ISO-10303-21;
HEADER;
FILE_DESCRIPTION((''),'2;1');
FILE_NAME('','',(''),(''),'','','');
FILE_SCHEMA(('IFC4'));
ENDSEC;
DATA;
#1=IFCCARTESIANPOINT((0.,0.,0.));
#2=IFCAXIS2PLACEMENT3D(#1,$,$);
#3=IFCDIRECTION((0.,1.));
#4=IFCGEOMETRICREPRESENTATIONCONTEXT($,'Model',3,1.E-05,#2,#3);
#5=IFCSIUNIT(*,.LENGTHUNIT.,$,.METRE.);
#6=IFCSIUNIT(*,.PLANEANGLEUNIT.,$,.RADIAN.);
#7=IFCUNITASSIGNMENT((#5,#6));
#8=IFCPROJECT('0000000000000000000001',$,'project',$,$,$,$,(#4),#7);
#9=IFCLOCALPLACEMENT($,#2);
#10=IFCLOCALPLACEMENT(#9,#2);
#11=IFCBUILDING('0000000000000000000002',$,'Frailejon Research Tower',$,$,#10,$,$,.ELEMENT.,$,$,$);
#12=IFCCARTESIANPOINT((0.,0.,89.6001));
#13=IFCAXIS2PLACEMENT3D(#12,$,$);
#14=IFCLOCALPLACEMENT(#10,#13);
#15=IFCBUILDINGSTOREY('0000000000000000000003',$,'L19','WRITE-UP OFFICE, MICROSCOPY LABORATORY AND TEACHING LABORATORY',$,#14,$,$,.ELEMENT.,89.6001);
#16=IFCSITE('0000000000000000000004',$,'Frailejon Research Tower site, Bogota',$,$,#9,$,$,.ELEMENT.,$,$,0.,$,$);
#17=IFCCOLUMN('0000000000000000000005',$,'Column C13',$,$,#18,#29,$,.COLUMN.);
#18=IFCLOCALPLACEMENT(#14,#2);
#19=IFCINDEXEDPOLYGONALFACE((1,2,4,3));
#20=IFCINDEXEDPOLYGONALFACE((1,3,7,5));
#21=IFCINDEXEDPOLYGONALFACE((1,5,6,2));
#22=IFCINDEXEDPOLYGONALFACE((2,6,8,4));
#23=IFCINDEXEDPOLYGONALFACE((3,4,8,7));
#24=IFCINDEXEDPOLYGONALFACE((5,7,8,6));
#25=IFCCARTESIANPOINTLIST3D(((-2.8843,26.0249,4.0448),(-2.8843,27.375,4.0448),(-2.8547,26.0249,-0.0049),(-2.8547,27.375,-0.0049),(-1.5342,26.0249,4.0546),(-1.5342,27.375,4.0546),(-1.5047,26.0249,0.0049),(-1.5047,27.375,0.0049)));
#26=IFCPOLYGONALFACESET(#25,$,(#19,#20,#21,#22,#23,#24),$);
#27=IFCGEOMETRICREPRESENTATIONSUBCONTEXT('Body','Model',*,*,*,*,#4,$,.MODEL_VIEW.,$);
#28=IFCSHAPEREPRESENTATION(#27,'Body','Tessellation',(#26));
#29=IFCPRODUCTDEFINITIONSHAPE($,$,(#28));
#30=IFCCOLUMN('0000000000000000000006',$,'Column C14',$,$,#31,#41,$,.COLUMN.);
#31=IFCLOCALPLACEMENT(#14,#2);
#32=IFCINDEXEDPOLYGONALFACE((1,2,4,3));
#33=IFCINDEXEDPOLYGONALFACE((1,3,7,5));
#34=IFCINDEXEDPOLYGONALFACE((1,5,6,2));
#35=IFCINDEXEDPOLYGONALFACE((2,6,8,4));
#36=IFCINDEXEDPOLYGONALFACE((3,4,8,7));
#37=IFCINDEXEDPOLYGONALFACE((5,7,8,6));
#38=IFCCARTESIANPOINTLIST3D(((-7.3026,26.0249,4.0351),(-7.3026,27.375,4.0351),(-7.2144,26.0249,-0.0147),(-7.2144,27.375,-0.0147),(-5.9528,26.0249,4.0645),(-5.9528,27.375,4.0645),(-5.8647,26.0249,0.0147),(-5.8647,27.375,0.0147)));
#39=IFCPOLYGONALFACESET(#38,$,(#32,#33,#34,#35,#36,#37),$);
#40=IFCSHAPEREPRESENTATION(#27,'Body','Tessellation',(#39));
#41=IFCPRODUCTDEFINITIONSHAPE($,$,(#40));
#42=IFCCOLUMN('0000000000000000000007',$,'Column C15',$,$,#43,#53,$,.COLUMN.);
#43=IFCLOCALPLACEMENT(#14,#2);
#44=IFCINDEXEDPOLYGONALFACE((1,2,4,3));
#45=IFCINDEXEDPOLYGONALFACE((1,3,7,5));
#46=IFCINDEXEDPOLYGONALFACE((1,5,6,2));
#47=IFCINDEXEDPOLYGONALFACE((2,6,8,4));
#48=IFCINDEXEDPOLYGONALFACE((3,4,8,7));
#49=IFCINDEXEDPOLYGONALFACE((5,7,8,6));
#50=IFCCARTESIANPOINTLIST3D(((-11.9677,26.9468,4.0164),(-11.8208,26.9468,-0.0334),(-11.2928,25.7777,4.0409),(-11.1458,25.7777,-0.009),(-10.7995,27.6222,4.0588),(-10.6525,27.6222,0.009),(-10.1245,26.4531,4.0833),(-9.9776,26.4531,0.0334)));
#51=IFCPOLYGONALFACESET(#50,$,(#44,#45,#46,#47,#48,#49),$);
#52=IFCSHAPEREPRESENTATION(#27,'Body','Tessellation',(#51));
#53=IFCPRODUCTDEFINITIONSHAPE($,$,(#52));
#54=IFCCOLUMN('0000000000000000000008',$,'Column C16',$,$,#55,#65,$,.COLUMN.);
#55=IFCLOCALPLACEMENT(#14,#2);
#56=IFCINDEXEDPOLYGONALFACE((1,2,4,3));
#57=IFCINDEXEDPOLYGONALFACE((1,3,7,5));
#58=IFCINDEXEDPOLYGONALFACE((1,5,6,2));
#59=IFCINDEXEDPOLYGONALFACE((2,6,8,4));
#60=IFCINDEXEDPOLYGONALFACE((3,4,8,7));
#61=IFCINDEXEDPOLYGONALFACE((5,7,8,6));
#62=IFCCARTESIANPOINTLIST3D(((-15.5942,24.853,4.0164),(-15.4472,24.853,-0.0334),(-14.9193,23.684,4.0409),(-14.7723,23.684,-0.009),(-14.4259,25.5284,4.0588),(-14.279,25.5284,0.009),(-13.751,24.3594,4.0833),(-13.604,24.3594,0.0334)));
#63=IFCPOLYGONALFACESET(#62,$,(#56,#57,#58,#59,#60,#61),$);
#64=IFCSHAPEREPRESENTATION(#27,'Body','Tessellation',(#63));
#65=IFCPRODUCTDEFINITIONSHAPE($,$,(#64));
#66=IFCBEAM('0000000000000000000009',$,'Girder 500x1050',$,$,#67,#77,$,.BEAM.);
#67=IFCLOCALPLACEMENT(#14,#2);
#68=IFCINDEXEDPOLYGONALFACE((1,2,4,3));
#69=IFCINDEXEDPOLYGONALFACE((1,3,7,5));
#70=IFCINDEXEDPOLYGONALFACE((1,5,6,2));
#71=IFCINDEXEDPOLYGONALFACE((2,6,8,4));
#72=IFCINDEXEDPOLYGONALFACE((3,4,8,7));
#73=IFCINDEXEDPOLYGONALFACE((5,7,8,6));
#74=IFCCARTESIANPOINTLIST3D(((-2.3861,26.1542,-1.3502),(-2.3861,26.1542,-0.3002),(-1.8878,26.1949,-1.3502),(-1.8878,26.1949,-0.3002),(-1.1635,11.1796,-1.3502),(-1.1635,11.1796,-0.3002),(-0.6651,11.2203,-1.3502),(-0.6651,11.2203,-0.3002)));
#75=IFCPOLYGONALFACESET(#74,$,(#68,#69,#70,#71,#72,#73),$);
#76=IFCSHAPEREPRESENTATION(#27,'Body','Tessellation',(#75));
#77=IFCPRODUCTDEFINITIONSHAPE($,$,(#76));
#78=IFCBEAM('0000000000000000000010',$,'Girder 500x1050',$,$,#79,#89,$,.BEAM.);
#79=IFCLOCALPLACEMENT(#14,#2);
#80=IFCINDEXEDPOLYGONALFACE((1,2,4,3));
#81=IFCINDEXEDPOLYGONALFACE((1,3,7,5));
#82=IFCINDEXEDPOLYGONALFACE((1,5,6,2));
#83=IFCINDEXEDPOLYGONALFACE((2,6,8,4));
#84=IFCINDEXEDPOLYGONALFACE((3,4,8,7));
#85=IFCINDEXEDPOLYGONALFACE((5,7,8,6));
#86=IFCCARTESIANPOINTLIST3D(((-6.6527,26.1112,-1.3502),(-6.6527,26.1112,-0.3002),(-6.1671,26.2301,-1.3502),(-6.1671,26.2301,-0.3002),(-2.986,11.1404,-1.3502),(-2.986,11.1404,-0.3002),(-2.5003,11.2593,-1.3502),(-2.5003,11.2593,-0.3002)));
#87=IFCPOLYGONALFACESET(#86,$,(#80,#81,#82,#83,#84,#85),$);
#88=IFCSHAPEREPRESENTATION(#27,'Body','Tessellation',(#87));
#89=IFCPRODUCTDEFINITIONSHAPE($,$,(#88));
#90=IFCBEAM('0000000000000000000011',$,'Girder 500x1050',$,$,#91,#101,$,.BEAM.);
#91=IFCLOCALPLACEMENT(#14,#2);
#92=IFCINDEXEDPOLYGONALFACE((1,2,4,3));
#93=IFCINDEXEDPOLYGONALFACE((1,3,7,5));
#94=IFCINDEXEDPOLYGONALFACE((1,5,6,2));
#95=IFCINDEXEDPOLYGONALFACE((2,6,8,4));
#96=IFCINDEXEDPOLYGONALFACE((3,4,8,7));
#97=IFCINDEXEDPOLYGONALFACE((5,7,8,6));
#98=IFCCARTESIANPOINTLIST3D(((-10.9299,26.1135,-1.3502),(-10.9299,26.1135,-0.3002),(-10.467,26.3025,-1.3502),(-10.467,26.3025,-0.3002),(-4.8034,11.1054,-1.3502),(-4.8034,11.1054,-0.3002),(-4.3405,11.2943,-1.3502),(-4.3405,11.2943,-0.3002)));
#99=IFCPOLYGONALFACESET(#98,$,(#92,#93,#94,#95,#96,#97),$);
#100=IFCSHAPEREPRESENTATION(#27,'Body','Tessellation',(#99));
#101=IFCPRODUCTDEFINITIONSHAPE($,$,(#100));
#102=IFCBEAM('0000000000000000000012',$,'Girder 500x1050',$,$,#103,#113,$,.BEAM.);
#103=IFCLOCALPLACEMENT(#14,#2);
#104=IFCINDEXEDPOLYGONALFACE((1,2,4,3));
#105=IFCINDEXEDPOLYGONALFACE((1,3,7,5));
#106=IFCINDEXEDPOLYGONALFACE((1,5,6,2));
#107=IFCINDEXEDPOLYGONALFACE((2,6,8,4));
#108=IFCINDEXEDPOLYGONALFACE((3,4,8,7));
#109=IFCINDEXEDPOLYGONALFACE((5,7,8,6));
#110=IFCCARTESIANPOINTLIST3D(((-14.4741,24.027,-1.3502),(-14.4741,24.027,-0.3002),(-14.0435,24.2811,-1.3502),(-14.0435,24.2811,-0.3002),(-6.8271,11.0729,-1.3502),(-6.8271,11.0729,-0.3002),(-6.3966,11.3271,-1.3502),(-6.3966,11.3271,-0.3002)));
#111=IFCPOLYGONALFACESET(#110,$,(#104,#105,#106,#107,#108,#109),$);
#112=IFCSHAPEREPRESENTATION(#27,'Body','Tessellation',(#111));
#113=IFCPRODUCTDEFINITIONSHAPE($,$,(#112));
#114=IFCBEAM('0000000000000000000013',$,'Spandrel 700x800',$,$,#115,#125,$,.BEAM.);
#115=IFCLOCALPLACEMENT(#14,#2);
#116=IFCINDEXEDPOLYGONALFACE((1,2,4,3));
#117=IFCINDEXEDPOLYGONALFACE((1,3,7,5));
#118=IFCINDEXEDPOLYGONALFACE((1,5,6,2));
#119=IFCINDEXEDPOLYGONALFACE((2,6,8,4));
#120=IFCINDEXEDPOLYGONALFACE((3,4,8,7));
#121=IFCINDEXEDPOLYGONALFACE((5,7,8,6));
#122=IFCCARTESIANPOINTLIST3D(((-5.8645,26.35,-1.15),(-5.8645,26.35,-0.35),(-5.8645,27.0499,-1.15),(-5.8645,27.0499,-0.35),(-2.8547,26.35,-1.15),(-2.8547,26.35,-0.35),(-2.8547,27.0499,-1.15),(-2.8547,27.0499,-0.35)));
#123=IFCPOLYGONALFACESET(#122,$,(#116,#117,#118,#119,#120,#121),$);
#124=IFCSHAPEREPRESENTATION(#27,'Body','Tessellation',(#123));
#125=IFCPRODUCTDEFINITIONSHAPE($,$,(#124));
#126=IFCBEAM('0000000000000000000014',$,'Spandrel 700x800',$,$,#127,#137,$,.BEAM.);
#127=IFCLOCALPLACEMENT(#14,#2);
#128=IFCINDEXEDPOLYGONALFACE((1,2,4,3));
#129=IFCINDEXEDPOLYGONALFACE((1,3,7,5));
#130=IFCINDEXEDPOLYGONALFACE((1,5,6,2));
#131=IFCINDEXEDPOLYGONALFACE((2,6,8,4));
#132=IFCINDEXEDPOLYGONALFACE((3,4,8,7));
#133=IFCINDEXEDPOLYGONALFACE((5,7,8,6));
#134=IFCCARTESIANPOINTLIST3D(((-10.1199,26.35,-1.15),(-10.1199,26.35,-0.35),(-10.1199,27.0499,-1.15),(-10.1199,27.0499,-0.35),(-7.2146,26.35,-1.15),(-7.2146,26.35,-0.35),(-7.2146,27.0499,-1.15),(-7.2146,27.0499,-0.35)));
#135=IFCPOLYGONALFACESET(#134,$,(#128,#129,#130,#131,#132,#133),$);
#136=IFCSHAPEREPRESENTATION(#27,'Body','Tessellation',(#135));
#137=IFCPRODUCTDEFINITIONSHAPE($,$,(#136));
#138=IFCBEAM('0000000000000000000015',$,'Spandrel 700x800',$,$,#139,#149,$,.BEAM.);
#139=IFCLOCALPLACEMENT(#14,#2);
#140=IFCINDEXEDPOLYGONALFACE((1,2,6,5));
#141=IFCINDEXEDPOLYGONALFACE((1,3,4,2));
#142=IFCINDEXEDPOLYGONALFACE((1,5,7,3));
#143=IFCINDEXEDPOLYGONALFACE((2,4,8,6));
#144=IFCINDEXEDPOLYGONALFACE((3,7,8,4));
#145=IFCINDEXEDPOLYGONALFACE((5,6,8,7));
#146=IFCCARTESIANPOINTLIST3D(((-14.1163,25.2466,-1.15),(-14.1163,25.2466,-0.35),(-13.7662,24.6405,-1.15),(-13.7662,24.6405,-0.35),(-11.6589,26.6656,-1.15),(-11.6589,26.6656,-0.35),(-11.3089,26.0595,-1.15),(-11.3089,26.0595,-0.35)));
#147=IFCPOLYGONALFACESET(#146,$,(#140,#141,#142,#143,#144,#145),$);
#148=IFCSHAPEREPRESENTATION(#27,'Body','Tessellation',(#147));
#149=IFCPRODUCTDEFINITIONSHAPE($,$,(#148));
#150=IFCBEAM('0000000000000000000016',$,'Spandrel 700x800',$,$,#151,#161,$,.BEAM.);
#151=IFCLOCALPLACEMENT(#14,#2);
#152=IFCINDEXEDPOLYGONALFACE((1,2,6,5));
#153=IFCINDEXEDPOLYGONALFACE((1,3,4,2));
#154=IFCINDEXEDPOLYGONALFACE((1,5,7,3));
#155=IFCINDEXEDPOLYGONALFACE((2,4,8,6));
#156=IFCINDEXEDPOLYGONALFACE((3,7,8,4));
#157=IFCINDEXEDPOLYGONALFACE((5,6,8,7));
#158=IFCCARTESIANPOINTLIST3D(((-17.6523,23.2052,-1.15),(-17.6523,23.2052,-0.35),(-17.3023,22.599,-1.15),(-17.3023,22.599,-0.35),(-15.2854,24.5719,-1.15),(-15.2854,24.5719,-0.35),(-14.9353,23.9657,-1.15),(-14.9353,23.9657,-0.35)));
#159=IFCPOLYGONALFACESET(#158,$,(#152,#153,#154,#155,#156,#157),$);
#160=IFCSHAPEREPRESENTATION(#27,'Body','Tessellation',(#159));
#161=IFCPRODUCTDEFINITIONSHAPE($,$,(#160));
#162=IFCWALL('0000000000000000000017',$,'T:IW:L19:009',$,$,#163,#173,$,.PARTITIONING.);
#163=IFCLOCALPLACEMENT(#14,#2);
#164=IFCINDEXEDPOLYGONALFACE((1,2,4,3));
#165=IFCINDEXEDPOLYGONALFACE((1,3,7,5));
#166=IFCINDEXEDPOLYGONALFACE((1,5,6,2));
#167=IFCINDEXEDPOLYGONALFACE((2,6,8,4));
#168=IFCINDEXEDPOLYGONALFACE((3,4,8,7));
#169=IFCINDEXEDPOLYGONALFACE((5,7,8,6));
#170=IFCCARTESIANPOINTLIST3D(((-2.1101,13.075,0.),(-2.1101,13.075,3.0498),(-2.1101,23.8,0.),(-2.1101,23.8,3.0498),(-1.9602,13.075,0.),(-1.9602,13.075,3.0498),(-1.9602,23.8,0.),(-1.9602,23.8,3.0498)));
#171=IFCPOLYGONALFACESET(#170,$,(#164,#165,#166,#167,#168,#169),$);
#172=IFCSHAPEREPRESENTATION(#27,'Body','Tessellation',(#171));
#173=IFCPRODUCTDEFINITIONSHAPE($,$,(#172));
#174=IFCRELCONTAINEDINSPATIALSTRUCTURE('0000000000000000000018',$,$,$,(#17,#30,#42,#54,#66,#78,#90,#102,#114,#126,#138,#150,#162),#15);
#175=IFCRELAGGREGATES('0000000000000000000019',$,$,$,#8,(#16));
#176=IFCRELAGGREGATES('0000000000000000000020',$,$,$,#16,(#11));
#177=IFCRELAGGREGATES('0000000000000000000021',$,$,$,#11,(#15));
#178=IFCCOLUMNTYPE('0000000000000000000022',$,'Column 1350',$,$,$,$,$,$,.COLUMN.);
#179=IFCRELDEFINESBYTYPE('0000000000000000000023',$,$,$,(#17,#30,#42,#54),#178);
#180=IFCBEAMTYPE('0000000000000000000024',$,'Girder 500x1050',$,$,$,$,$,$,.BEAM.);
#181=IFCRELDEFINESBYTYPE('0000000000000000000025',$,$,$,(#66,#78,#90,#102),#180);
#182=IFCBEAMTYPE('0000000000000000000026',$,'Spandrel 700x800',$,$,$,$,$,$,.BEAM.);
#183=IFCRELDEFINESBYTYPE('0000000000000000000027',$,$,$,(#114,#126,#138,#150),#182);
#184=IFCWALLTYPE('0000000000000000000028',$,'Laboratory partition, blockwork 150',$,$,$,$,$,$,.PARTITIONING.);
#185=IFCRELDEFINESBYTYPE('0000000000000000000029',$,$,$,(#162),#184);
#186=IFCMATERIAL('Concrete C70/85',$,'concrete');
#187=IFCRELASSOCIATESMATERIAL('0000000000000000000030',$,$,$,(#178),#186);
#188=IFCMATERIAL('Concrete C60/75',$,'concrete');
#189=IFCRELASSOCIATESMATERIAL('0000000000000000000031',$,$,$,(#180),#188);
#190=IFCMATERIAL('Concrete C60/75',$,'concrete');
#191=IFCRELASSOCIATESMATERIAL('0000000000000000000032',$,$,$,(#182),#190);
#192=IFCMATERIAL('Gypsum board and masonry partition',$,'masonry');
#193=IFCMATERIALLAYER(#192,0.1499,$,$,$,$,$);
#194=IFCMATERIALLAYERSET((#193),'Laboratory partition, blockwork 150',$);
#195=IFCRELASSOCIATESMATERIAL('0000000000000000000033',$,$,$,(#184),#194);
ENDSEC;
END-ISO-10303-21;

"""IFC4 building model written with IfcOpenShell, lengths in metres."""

from ifc_helpers import new_model, si_unit, direction, frame, frame_2d, origin, origin_2d, place, context, subcontext, project, spatial, rectangle, extrude, material, layer, layer_set, material_profile, profile_set, type_object, element, save


model = new_model("IFC4")

# Units and contexts
model_context = context("Model", 3, precision=1e-05, world=origin(), true_north=direction((0.0, 1.0)))
body_context = subcontext(model_context, "Body", "Model", "MODEL_VIEW")
ifc_project = project(units=[si_unit("LENGTHUNIT", "METRE"), si_unit("PLANEANGLEUNIT", "RADIAN")], contexts=[model_context])

# Site, building, storey
site_placement = place(None, origin())
site = spatial("IfcSite", under=ifc_project, at=site_placement, Name="Frailejon Research Tower site, Bogota", CompositionType="ELEMENT", RefElevation=0.0)
building_placement = place(site_placement, origin())
building = spatial("IfcBuilding", under=site, at=building_placement, Name="Frailejon Research Tower", CompositionType="ELEMENT")
storey_placement = place(building_placement, frame((0.0, 0.0, 89.6001)))
storey = spatial("IfcBuildingStorey", under=building, at=storey_placement, Name="L19", Description="WRITE-UP OFFICE, MICROSCOPY LABORATORY AND TEACHING LABORATORY", CompositionType="ELEMENT", Elevation=89.6001)

# Columns
ifc_material_1 = material(Name="Concrete C70/85", Category="concrete")
ifc_material_profile_1 = material_profile(ifc_material_1, rectangle(XDim=1.3501, YDim=1.3501, at=origin_2d()), Name="Column 1350")
ifc_profile_set_1 = profile_set([ifc_material_profile_1], Name="Concrete C70/85")
column_type = type_object("IfcColumnType", Name="Column 1350", PredefinedType="COLUMN", material=ifc_profile_set_1)
column_1_placement = place(storey_placement, frame((-2.1797, 26.7, 0.0), z_axis=(-0.007294, 0.0, 0.999973), x_axis=(-0.999973, 0.0, -0.007294)))
element("IfcColumn", 1, at=column_1_placement, inside=storey, type_object=column_type, Name="Column C13", PredefinedType="COLUMN", context=body_context, shape_type="SweptSolid", body=[
    extrude(rectangle(XDim=1.3501, YDim=1.3501, at=origin_2d()), origin(), (0.0, 0.0, 1.0), 4.0498),
])
column_2_placement = place(storey_placement, frame((-6.5396, 26.7, 0.0), z_axis=(-0.021758, 0.0, 0.999763), x_axis=(-0.999763, 0.0, -0.021758)))
element("IfcColumn", 2, at=column_2_placement, inside=storey, type_object=column_type, Name="Column C14", PredefinedType="COLUMN", context=body_context, shape_type="SweptSolid", body=[
    extrude(rectangle(XDim=1.3501, YDim=1.3501, at=origin_2d()), origin(), (0.0, 0.0, 1.0), 4.0508),
])
for number, where, z_axis, x_axis, name in (
    (3, (-10.8992, 26.7, 0.0), (-0.036267, 0.0, 0.999342), (-0.865313, -0.500246, -0.031403), "Column C15"),
    (4, (-14.5256, 24.6062, 0.0), (-0.036267, 0.0, 0.999342), (-0.865313, -0.500246, -0.031403), "Column C16"),
):
    element("IfcColumn", number, at=place(storey_placement, frame(where, z_axis=z_axis, x_axis=x_axis)), inside=storey, type_object=column_type, Name=name, PredefinedType="COLUMN", context=body_context, shape_type="SweptSolid", body=[
        extrude(rectangle(XDim=1.3501, YDim=1.3501, at=origin_2d()), origin(), (0.0, 0.0, 1.0), 4.0525),
    ])

# Beams
ifc_material_2 = material(Name="Concrete C60/75", Category="concrete")
ifc_material_profile_2 = material_profile(ifc_material_2, rectangle(XDim=0.5, YDim=1.05, at=origin_2d()), Name="Girder 500x1050")
ifc_profile_set_2 = profile_set([ifc_material_profile_2], Name="Concrete C60/75")
beam_type_1 = type_object("IfcBeamType", Name="Girder 500x1050", PredefinedType="BEAM", material=ifc_profile_set_2)
beam_1_placement = place(storey_placement, frame((-2.137, 26.1746, -0.8252), z_axis=(0.081378, -0.996683, 0.0), x_axis=(0.996683, 0.081378, 0.0)))
element("IfcBeam", 5, at=beam_1_placement, inside=storey, type_object=beam_type_1, Name="Girder 500x1050", PredefinedType="BEAM", context=body_context, shape_type="SweptSolid", body=[
    extrude(rectangle(XDim=0.5, YDim=1.05, at=origin_2d()), origin(), (0.0, 0.0, 1.0), 15.0244),
])
beam_2_placement = place(storey_placement, frame((-6.4099, 26.1707, -0.8252), z_axis=(0.237896, -0.971291, 0.0), x_axis=(0.971291, 0.237896, 0.0)))
element("IfcBeam", 6, at=beam_2_placement, inside=storey, type_object=beam_type_1, Name="Girder 500x1050", PredefinedType="BEAM", context=body_context, shape_type="SweptSolid", body=[
    extrude(rectangle(XDim=0.5, YDim=1.05, at=origin_2d()), origin(), (0.0, 0.0, 1.0), 15.4133),
])
beam_3_placement = place(storey_placement, frame((-10.6985, 26.208, -0.8252), z_axis=(0.377935, -0.925832, 0.0), x_axis=(0.925832, 0.377935, 0.0)))
element("IfcBeam", 7, at=beam_3_placement, inside=storey, type_object=beam_type_1, Name="Girder 500x1050", PredefinedType="BEAM", context=body_context, shape_type="SweptSolid", body=[
    extrude(rectangle(XDim=0.5, YDim=1.05, at=origin_2d()), origin(), (0.0, 0.0, 1.0), 16.2104),
])
beam_4_placement = place(storey_placement, frame((-14.2588, 24.1541, -0.8252), z_axis=(0.508349, -0.861151, 0.0), x_axis=(0.861151, 0.508349, 0.0)))
element("IfcBeam", 8, at=beam_4_placement, inside=storey, type_object=beam_type_1, Name="Girder 500x1050", PredefinedType="BEAM", context=body_context, shape_type="SweptSolid", body=[
    extrude(rectangle(XDim=0.5, YDim=1.05, at=origin_2d()), origin(), (0.0, 0.0, 1.0), 15.0427),
])
ifc_material_3 = material(Name="Concrete C60/75", Category="concrete")
ifc_material_profile_3 = material_profile(ifc_material_3, rectangle(XDim=0.7, YDim=0.8, at=origin_2d()), Name="Spandrel 700x800")
ifc_profile_set_3 = profile_set([ifc_material_profile_3], Name="Concrete C60/75")
beam_type_2 = type_object("IfcBeamType", Name="Spandrel 700x800", PredefinedType="BEAM", material=ifc_profile_set_3)
beam_5_placement = place(storey_placement, frame((-2.8547, 26.7, -0.75), z_axis=(-1.0, 0.0, 0.0), x_axis=(0.0, -1.0, 0.0)))
element("IfcBeam", 9, at=beam_5_placement, inside=storey, type_object=beam_type_2, Name="Spandrel 700x800", PredefinedType="BEAM", context=body_context, shape_type="SweptSolid", body=[
    extrude(rectangle(XDim=0.7, YDim=0.8, at=origin_2d()), origin(), (0.0, 0.0, 1.0), 3.0098),
])
beam_6_placement = place(storey_placement, frame((-7.2146, 26.7, -0.75), z_axis=(-1.0, 0.0, 0.0), x_axis=(0.0, -1.0, 0.0)))
element("IfcBeam", 10, at=beam_6_placement, inside=storey, type_object=beam_type_2, Name="Spandrel 700x800", PredefinedType="BEAM", context=body_context, shape_type="SweptSolid", body=[
    extrude(rectangle(XDim=0.7, YDim=0.8, at=origin_2d()), origin(), (0.0, 0.0, 1.0), 2.9053),
])
beam_7_placement = place(storey_placement, frame((-11.4839, 26.3625, -0.75), z_axis=(-0.865989, -0.500063, 0.0), x_axis=(0.500063, -0.865989, 0.0)))
element("IfcBeam", 11, at=beam_7_placement, inside=storey, type_object=beam_type_2, Name="Spandrel 700x800", PredefinedType="BEAM", context=body_context, shape_type="SweptSolid", body=[
    extrude(rectangle(XDim=0.7, YDim=0.8, at=origin_2d()), origin(), (0.0, 0.0, 1.0), 2.8376),
])
beam_8_placement = place(storey_placement, frame((-15.1104, 24.2688, -0.75), z_axis=(-0.866003, -0.500039, 0.0), x_axis=(0.500039, -0.866003, 0.0)))
element("IfcBeam", 12, at=beam_8_placement, inside=storey, type_object=beam_type_2, Name="Spandrel 700x800", PredefinedType="BEAM", context=body_context, shape_type="SweptSolid", body=[
    extrude(rectangle(XDim=0.7, YDim=0.8, at=origin_2d()), origin(), (0.0, 0.0, 1.0), 2.7332),
])

# Wall
ifc_material_4 = material(Name="Gypsum board and masonry partition", Category="masonry")
ifc_layer_1 = layer(ifc_material_4, 0.1499)
ifc_layer_set_1 = layer_set([ifc_layer_1], Name="Laboratory partition, blockwork 150")
wall_type_1 = type_object("IfcWallType", Name="Laboratory partition, blockwork 150", PredefinedType="PARTITIONING", material=ifc_layer_set_1)
wall_1_placement = place(storey_placement, frame((-2.0352, 13.075, 0.0), z_axis=(0.0, 0.0, 1.0), x_axis=(0.0, 1.0, 0.0)))
element("IfcWall", 13, at=wall_1_placement, inside=storey, type_object=wall_type_1, Name="T:IW:L19:009", PredefinedType="PARTITIONING", context=body_context, shape_type="SweptSolid", body=[
    extrude(rectangle(XDim=10.7251, YDim=0.1499, at=frame_2d((5.3625, 0.0))), origin(), (0.0, 0.0, 1.0), 3.0498),
])

save(model, "model.ifc")
